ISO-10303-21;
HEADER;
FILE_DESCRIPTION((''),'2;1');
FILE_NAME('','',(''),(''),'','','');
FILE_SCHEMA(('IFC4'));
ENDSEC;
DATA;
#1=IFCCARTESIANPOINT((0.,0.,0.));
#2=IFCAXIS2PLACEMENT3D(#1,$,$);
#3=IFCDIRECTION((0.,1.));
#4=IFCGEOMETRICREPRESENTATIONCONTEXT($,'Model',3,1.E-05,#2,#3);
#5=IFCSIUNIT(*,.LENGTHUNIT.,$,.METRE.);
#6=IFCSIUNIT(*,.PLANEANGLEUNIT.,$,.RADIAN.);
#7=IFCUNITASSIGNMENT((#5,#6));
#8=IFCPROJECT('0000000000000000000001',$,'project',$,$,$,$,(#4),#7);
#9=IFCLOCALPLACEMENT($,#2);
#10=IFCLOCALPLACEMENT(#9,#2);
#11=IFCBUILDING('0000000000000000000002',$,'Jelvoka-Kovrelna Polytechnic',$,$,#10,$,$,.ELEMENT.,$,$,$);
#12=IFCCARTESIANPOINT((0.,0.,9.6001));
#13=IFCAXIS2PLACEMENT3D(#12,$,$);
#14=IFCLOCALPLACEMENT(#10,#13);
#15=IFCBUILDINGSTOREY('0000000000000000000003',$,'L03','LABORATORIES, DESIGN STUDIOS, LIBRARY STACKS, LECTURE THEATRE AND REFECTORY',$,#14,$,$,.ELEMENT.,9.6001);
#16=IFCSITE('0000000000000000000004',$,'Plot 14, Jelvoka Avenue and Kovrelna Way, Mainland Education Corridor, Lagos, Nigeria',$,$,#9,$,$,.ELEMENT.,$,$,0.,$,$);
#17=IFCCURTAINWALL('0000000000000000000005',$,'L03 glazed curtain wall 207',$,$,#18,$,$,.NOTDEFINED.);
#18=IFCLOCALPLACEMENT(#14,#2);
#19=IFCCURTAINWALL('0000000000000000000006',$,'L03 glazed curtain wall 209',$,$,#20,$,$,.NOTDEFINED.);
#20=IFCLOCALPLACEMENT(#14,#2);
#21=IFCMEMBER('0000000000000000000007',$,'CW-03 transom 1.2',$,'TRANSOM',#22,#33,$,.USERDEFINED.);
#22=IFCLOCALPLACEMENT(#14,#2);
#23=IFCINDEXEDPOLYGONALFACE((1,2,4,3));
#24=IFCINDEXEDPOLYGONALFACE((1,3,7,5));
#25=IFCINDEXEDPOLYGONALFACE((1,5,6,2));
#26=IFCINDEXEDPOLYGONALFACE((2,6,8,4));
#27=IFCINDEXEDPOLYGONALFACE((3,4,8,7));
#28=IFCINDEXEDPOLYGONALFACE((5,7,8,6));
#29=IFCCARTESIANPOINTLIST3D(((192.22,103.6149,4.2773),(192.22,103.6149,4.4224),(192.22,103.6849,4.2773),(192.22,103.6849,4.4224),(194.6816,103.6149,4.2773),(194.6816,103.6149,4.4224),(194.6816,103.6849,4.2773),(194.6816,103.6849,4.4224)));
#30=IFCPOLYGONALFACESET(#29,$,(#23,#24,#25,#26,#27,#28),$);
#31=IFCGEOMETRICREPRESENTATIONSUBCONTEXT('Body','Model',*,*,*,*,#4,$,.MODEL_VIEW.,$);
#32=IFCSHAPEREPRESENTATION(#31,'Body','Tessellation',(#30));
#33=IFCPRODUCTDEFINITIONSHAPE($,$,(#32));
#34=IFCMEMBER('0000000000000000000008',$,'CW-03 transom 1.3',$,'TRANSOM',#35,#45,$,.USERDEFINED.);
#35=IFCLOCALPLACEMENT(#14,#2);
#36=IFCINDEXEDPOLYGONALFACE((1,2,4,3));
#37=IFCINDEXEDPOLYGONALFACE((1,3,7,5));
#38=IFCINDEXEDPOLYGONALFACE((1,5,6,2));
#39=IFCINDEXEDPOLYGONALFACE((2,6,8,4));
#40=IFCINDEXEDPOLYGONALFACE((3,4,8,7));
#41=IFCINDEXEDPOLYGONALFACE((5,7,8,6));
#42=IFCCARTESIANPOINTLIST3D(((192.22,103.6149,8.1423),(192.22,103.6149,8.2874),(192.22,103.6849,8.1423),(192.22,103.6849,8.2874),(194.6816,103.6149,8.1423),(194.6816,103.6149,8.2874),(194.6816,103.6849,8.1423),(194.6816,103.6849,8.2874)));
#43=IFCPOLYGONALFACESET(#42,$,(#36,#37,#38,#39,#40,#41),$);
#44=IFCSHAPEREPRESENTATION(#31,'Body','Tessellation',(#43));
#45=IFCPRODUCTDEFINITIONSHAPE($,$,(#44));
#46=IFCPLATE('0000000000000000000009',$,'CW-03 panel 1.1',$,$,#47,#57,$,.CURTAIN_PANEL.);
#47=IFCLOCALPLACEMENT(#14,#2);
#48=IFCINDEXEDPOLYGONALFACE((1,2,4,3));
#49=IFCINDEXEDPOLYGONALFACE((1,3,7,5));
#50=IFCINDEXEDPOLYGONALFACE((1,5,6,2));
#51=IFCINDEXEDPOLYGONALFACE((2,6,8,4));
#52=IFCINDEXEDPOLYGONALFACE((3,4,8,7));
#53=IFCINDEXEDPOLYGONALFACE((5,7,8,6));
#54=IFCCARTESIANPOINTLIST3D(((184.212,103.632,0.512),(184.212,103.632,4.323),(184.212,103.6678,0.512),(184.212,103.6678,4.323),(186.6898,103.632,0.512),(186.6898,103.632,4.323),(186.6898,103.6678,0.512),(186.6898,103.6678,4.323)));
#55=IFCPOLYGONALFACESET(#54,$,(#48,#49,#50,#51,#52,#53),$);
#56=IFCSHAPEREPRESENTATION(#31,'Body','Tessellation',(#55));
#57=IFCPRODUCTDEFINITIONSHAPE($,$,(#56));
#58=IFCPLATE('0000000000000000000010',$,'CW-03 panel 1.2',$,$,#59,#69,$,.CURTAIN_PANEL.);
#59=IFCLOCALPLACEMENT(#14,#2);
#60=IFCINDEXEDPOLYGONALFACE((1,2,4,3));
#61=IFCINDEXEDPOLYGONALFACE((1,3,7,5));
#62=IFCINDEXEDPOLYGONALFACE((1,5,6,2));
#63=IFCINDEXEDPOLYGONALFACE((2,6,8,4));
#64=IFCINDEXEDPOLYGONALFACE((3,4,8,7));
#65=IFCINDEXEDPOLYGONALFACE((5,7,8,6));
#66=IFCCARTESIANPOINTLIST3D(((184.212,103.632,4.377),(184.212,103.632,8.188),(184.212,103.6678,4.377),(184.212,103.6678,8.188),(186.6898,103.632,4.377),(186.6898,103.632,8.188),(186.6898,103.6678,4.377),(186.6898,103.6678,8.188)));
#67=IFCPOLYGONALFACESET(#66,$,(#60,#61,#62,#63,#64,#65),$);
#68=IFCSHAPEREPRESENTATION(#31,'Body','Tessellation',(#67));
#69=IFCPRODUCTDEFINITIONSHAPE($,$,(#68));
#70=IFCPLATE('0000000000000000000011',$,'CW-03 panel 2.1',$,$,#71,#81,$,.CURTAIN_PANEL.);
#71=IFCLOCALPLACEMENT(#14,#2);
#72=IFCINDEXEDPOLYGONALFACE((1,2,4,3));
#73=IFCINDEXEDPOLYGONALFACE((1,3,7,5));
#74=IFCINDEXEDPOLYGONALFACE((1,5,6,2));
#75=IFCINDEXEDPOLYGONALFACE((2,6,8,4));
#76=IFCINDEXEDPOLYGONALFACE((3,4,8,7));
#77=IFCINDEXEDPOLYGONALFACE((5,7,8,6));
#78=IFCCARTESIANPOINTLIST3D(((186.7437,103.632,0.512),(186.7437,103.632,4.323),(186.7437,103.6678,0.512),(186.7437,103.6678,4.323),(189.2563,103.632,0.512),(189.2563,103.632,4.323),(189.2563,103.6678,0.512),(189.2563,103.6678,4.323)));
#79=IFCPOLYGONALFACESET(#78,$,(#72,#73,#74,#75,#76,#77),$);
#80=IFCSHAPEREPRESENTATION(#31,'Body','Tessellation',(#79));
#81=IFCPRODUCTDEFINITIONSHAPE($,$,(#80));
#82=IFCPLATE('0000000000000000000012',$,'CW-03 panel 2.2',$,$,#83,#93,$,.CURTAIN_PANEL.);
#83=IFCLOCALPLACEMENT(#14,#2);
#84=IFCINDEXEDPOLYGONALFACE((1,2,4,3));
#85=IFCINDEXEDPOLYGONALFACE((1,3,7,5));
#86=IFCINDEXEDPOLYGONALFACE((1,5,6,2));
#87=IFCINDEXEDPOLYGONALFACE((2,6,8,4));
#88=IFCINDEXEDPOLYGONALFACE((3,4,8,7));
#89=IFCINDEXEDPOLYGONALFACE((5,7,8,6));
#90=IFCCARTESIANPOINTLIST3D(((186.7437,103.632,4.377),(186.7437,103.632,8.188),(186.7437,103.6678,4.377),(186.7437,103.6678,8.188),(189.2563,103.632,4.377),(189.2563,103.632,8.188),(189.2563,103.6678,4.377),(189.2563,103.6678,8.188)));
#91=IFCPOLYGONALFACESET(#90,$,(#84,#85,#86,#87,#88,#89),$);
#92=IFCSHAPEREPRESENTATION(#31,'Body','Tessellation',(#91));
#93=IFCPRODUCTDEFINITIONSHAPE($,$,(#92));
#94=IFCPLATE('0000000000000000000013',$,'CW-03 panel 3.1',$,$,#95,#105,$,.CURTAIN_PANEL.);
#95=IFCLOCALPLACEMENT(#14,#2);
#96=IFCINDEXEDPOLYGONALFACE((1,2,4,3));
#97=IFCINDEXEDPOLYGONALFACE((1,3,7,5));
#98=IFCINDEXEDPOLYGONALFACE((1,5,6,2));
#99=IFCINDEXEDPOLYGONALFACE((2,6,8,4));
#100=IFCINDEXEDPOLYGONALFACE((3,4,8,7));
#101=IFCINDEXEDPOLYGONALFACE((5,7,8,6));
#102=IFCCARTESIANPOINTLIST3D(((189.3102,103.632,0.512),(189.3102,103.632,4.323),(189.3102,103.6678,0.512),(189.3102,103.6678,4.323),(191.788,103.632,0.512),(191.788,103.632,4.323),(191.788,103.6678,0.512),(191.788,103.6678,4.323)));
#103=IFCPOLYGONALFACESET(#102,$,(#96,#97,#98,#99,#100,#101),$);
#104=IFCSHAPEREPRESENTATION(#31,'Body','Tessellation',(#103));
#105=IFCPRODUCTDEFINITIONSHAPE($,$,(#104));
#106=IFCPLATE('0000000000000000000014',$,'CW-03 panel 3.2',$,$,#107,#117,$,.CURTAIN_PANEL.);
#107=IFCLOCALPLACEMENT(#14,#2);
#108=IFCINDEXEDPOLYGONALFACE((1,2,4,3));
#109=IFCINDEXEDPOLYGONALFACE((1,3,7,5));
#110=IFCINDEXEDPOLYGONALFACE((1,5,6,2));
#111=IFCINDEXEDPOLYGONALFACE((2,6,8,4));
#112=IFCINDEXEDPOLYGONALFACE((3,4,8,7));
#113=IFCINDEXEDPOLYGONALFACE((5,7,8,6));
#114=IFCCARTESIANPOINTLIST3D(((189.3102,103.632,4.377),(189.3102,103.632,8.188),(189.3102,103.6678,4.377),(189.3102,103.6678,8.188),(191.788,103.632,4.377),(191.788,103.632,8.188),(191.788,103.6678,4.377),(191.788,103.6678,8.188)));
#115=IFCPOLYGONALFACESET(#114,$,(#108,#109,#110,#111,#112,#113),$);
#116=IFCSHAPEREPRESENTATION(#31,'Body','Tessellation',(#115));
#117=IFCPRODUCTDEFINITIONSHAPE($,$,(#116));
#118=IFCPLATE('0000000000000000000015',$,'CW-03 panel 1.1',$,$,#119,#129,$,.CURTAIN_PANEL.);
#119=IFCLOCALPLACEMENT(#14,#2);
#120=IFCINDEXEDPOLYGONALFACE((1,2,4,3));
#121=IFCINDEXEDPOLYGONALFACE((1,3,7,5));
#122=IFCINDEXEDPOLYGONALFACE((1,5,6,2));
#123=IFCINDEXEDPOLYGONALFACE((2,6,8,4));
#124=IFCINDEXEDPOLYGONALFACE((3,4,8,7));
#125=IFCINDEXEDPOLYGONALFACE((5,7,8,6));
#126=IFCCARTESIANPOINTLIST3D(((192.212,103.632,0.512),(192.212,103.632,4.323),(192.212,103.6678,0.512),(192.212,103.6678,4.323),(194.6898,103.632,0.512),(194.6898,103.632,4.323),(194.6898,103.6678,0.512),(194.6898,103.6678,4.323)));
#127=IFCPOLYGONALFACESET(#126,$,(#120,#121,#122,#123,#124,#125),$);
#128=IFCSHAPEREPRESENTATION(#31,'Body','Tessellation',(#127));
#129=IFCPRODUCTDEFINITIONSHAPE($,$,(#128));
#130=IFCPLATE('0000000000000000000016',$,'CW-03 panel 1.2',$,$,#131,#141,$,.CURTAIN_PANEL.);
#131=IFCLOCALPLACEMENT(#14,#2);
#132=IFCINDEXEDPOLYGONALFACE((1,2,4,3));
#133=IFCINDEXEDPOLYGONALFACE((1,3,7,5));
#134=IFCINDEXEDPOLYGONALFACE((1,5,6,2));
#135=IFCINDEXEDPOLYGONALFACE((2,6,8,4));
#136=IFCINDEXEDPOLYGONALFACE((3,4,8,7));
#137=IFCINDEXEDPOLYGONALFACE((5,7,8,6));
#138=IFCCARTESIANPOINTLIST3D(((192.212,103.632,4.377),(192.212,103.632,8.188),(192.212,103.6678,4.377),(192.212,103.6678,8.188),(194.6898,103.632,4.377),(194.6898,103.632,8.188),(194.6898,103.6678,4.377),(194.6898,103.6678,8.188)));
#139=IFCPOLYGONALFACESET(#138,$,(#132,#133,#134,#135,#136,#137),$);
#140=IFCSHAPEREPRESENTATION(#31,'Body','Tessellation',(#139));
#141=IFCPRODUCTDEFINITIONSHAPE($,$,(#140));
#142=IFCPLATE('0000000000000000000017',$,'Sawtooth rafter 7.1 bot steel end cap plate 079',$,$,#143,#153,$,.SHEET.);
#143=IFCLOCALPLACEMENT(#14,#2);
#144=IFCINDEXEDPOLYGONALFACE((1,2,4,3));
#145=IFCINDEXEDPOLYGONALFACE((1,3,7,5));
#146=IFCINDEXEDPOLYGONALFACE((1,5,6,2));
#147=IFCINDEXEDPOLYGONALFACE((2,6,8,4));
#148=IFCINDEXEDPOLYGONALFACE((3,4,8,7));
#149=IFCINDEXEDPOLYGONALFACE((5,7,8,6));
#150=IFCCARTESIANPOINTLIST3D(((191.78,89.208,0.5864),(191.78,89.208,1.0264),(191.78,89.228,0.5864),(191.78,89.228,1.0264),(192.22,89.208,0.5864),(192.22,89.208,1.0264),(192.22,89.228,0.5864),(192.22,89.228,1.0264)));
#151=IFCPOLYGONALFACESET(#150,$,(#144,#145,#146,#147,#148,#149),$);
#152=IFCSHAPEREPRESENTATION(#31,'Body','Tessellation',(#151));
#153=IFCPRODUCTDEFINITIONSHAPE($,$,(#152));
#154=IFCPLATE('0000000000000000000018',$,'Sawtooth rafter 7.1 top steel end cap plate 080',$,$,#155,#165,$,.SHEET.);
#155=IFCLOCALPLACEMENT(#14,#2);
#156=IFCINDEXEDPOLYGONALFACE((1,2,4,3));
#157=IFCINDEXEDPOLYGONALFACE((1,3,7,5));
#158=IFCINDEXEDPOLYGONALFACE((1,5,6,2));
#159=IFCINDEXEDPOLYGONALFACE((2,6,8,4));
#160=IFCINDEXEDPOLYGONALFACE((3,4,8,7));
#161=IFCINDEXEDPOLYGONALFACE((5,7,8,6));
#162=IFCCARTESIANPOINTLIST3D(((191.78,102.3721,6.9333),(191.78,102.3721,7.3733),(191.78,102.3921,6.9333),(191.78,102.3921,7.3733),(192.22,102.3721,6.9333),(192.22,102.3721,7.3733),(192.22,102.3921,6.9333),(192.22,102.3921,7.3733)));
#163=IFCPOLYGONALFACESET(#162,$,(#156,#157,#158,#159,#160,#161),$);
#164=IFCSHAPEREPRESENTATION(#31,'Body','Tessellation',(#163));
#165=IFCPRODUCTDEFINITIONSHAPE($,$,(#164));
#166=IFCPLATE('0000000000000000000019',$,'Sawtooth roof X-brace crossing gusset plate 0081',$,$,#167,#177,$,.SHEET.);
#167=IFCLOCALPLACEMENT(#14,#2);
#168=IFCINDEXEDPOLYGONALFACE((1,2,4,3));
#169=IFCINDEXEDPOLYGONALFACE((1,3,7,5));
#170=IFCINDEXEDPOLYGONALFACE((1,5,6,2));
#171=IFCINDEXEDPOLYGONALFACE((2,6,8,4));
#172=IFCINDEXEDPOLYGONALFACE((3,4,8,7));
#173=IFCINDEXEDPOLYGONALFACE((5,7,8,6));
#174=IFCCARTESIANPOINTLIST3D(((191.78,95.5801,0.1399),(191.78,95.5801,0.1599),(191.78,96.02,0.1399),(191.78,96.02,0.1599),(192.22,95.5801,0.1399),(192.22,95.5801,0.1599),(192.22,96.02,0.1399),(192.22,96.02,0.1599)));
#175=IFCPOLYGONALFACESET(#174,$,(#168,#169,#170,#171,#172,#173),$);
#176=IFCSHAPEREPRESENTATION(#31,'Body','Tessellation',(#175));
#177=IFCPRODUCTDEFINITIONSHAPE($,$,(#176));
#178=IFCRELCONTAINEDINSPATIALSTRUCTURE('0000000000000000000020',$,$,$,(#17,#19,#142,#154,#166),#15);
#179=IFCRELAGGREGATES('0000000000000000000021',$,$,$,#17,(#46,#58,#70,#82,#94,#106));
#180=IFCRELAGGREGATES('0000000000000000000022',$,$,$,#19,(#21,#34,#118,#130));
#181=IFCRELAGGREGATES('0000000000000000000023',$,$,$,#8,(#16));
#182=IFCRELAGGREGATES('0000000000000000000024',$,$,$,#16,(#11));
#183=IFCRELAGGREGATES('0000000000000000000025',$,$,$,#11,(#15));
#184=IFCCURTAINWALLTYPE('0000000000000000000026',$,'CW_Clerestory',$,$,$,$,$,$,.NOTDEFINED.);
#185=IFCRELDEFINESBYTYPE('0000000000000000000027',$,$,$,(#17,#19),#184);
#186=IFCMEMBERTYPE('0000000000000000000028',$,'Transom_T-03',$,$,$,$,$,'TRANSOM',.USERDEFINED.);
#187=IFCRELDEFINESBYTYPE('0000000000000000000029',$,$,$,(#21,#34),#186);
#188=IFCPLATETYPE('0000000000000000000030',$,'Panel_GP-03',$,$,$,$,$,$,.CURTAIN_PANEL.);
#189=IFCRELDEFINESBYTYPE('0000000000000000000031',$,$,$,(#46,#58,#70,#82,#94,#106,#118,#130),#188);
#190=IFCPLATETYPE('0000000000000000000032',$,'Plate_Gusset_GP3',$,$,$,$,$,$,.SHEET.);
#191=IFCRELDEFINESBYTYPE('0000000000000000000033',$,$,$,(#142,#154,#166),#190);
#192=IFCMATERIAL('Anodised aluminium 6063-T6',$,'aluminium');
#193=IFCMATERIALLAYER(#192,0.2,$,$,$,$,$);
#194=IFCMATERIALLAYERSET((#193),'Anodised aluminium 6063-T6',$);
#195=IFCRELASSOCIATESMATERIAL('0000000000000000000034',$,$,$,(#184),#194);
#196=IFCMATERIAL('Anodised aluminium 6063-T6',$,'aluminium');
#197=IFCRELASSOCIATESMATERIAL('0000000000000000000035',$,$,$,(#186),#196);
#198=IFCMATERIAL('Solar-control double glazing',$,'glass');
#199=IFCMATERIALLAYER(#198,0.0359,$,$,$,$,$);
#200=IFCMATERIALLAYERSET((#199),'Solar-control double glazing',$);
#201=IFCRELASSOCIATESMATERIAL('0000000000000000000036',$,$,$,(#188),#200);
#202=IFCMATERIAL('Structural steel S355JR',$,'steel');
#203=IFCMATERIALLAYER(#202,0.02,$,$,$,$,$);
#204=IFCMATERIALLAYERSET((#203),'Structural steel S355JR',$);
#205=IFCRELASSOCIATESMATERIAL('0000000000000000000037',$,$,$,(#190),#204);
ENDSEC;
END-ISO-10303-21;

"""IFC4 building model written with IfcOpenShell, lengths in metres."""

from ifc_helpers import new_model, si_unit, direction, frame, origin, origin_2d, place, context, subcontext, project, spatial, rectangle, extrude, material, layer, layer_set, material_profile, profile_set, type_object, element, aggregate, save


model = new_model("IFC4")

# Units and contexts
model_context = context("Model", 3, precision=1e-05, world=origin(), true_north=direction((0.0, 1.0)))
body_context = subcontext(model_context, "Body", "Model", "MODEL_VIEW")
ifc_project = project(units=[si_unit("LENGTHUNIT", "METRE"), si_unit("PLANEANGLEUNIT", "RADIAN")], contexts=[model_context])

# Site, building, storey
site_placement = place(None, origin())
site = spatial("IfcSite", under=ifc_project, at=site_placement, Name="Plot 14, Jelvoka Avenue and Kovrelna Way, Mainland Education Corridor, Lagos, Nigeria", CompositionType="ELEMENT", RefElevation=0.0)
building_placement = place(site_placement, origin())
building = spatial("IfcBuilding", under=site, at=building_placement, Name="Jelvoka-Kovrelna Polytechnic", CompositionType="ELEMENT")
storey_placement = place(building_placement, frame((0.0, 0.0, 9.6001)))
storey = spatial("IfcBuildingStorey", under=building, at=storey_placement, Name="L03", Description="LABORATORIES, DESIGN STUDIOS, LIBRARY STACKS, LECTURE THEATRE AND REFECTORY", CompositionType="ELEMENT", Elevation=9.6001)

# Curtain wall
ifc_material_1 = material(Name="Anodised aluminium 6063-T6", Category="aluminium")
ifc_layer_1 = layer(ifc_material_1, 0.2)
ifc_layer_set_1 = layer_set([ifc_layer_1], Name="Anodised aluminium 6063-T6")
curtain_wall_type = type_object("IfcCurtainWallType", Name="CW_Clerestory", PredefinedType="NOTDEFINED", material=ifc_layer_set_1)
curtain_wall_1_placement = place(storey_placement, origin())
curtain_wall_1 = element("IfcCurtainWall", 1, at=curtain_wall_1_placement, inside=storey, type_object=curtain_wall_type, Name="L03 glazed curtain wall 207", PredefinedType="NOTDEFINED")

# Curtain wall
curtain_wall_2_placement = place(storey_placement, origin())
curtain_wall_2 = element("IfcCurtainWall", 2, at=curtain_wall_2_placement, inside=storey, type_object=curtain_wall_type, Name="L03 glazed curtain wall 209", PredefinedType="NOTDEFINED")

# Members
ifc_material_2 = material(Name="Anodised aluminium 6063-T6", Category="aluminium")
ifc_material_profile_1 = material_profile(ifc_material_2, rectangle(XDim=0.0701, YDim=0.145, at=origin_2d()), Name="ALU 70x145")
ifc_profile_set_1 = profile_set([ifc_material_profile_1], Name="Anodised aluminium 6063-T6")
member_type_1 = type_object("IfcMemberType", Name="Transom_T-03", ElementType="TRANSOM", PredefinedType="USERDEFINED", material=ifc_profile_set_1)
member_1_placement = place(storey_placement, frame((192.22, 103.6499, 4.3499), z_axis=(1.0, 0.0, 0.0), x_axis=(0.0, 1.0, 0.0)))
member_1 = element("IfcMember", 3, at=member_1_placement, type_object=member_type_1, Name="CW-03 transom 1.2", ObjectType="TRANSOM", PredefinedType="USERDEFINED", context=body_context, shape_type="SweptSolid", body=[
    extrude(rectangle(XDim=0.0701, YDim=0.145, at=origin_2d()), origin(), (0.0, 0.0, 1.0), 2.4617),
])
member_2_placement = place(storey_placement, frame((192.22, 103.6499, 8.2148), z_axis=(1.0, 0.0, 0.0), x_axis=(0.0, 1.0, 0.0)))
member_2 = element("IfcMember", 4, at=member_2_placement, type_object=member_type_1, Name="CW-03 transom 1.3", ObjectType="TRANSOM", PredefinedType="USERDEFINED", context=body_context, shape_type="SweptSolid", body=[
    extrude(rectangle(XDim=0.0701, YDim=0.145, at=origin_2d()), origin(), (0.0, 0.0, 1.0), 2.4617),
])

# Plates
ifc_material_3 = material(Name="Solar-control double glazing", Category="glass")
ifc_layer_2 = layer(ifc_material_3, 0.0359)
ifc_layer_set_2 = layer_set([ifc_layer_2], Name="Solar-control double glazing")
plate_type_1 = type_object("IfcPlateType", Name="Panel_GP-03", PredefinedType="CURTAIN_PANEL", material=ifc_layer_set_2)
plate_1_placement = place(storey_placement, frame((185.4509, 103.6499, 0.512), z_axis=(0.0, 0.0, 1.0), x_axis=(1.0, 0.0, 0.0)))
plate_1 = element("IfcPlate", 5, at=plate_1_placement, type_object=plate_type_1, Name="CW-03 panel 1.1", PredefinedType="CURTAIN_PANEL", context=body_context, shape_type="SweptSolid", body=[
    extrude(rectangle(XDim=2.4778, YDim=0.0359, at=origin_2d()), origin(), (0.0, 0.0, 1.0), 3.811),
])
plate_2_placement = place(storey_placement, frame((185.4509, 103.6499, 4.377), z_axis=(0.0, 0.0, 1.0), x_axis=(1.0, 0.0, 0.0)))
plate_2 = element("IfcPlate", 6, at=plate_2_placement, type_object=plate_type_1, Name="CW-03 panel 1.2", PredefinedType="CURTAIN_PANEL", context=body_context, shape_type="SweptSolid", body=[
    extrude(rectangle(XDim=2.4778, YDim=0.0359, at=origin_2d()), origin(), (0.0, 0.0, 1.0), 3.811),
])
plate_3_placement = place(storey_placement, frame((188.0, 103.6499, 0.512), z_axis=(0.0, 0.0, 1.0), x_axis=(1.0, 0.0, 0.0)))
plate_3 = element("IfcPlate", 7, at=plate_3_placement, type_object=plate_type_1, Name="CW-03 panel 2.1", PredefinedType="CURTAIN_PANEL", context=body_context, shape_type="SweptSolid", body=[
    extrude(rectangle(XDim=2.5127, YDim=0.0359, at=origin_2d()), origin(), (0.0, 0.0, 1.0), 3.811),
])
plate_4_placement = place(storey_placement, frame((188.0, 103.6499, 4.377), z_axis=(0.0, 0.0, 1.0), x_axis=(1.0, 0.0, 0.0)))
plate_4 = element("IfcPlate", 8, at=plate_4_placement, type_object=plate_type_1, Name="CW-03 panel 2.2", PredefinedType="CURTAIN_PANEL", context=body_context, shape_type="SweptSolid", body=[
    extrude(rectangle(XDim=2.5127, YDim=0.0359, at=origin_2d()), origin(), (0.0, 0.0, 1.0), 3.811),
])
plate_5_placement = place(storey_placement, frame((190.5491, 103.6499, 0.512), z_axis=(0.0, 0.0, 1.0), x_axis=(1.0, 0.0, 0.0)))
plate_5 = element("IfcPlate", 9, at=plate_5_placement, type_object=plate_type_1, Name="CW-03 panel 3.1", PredefinedType="CURTAIN_PANEL", context=body_context, shape_type="SweptSolid", body=[
    extrude(rectangle(XDim=2.4778, YDim=0.0359, at=origin_2d()), origin(), (0.0, 0.0, 1.0), 3.811),
])
plate_6_placement = place(storey_placement, frame((190.5491, 103.6499, 4.377), z_axis=(0.0, 0.0, 1.0), x_axis=(1.0, 0.0, 0.0)))
plate_6 = element("IfcPlate", 10, at=plate_6_placement, type_object=plate_type_1, Name="CW-03 panel 3.2", PredefinedType="CURTAIN_PANEL", context=body_context, shape_type="SweptSolid", body=[
    extrude(rectangle(XDim=2.4778, YDim=0.0359, at=origin_2d()), origin(), (0.0, 0.0, 1.0), 3.811),
])
aggregate(curtain_wall_1, [plate_1, plate_2, plate_3, plate_4, plate_5, plate_6])
plate_7_placement = place(storey_placement, frame((193.4509, 103.6499, 0.512), z_axis=(0.0, 0.0, 1.0), x_axis=(1.0, 0.0, 0.0)))
plate_7 = element("IfcPlate", 11, at=plate_7_placement, type_object=plate_type_1, Name="CW-03 panel 1.1", PredefinedType="CURTAIN_PANEL", context=body_context, shape_type="SweptSolid", body=[
    extrude(rectangle(XDim=2.4778, YDim=0.0359, at=origin_2d()), origin(), (0.0, 0.0, 1.0), 3.811),
])
plate_8_placement = place(storey_placement, frame((193.4509, 103.6499, 4.377), z_axis=(0.0, 0.0, 1.0), x_axis=(1.0, 0.0, 0.0)))
plate_8 = element("IfcPlate", 12, at=plate_8_placement, type_object=plate_type_1, Name="CW-03 panel 1.2", PredefinedType="CURTAIN_PANEL", context=body_context, shape_type="SweptSolid", body=[
    extrude(rectangle(XDim=2.4778, YDim=0.0359, at=origin_2d()), origin(), (0.0, 0.0, 1.0), 3.811),
])
aggregate(curtain_wall_2, [member_1, member_2, plate_7, plate_8])

# Plates
ifc_material_4 = material(Name="Structural steel S355JR", Category="steel")
ifc_layer_3 = layer(ifc_material_4, 0.02)
ifc_layer_set_3 = layer_set([ifc_layer_3], Name="Structural steel S355JR")
plate_type_2 = type_object("IfcPlateType", Name="Plate_Gusset_GP3", PredefinedType="SHEET", material=ifc_layer_set_3)
for number, where, z_axis, x_axis, name in (
    (13, (192.0, 89.218, 0.5864), (0.0, 0.0, 1.0), (1.0, 0.0, 0.0), "Sawtooth rafter 7.1 bot steel end cap plate 079"),
    (14, (192.0, 102.3821, 6.9333), (0.0, 0.0, 1.0), (1.0, 0.0, 0.0), "Sawtooth rafter 7.1 top steel end cap plate 080"),
):
    element("IfcPlate", number, at=place(storey_placement, frame(where, z_axis=z_axis, x_axis=x_axis)), inside=storey, type_object=plate_type_2, Name=name, PredefinedType="SHEET", context=body_context, shape_type="SweptSolid", body=[
        extrude(rectangle(XDim=0.4399, YDim=0.02, at=origin_2d()), origin(), (0.0, 0.0, 1.0), 0.4399),
    ])
plate_9_placement = place(storey_placement, frame((192.0, 95.8, 0.1399), z_axis=(0.0, 0.0, 1.0), x_axis=(1.0, 0.0, 0.0)))
element("IfcPlate", 15, at=plate_9_placement, inside=storey, type_object=plate_type_2, Name="Sawtooth roof X-brace crossing gusset plate 0081", PredefinedType="SHEET", context=body_context, shape_type="SweptSolid", body=[
    extrude(rectangle(XDim=0.4399, YDim=0.4399, at=origin_2d()), origin(), (0.0, 0.0, 1.0), 0.02),
])

save(model, "model.ifc")
